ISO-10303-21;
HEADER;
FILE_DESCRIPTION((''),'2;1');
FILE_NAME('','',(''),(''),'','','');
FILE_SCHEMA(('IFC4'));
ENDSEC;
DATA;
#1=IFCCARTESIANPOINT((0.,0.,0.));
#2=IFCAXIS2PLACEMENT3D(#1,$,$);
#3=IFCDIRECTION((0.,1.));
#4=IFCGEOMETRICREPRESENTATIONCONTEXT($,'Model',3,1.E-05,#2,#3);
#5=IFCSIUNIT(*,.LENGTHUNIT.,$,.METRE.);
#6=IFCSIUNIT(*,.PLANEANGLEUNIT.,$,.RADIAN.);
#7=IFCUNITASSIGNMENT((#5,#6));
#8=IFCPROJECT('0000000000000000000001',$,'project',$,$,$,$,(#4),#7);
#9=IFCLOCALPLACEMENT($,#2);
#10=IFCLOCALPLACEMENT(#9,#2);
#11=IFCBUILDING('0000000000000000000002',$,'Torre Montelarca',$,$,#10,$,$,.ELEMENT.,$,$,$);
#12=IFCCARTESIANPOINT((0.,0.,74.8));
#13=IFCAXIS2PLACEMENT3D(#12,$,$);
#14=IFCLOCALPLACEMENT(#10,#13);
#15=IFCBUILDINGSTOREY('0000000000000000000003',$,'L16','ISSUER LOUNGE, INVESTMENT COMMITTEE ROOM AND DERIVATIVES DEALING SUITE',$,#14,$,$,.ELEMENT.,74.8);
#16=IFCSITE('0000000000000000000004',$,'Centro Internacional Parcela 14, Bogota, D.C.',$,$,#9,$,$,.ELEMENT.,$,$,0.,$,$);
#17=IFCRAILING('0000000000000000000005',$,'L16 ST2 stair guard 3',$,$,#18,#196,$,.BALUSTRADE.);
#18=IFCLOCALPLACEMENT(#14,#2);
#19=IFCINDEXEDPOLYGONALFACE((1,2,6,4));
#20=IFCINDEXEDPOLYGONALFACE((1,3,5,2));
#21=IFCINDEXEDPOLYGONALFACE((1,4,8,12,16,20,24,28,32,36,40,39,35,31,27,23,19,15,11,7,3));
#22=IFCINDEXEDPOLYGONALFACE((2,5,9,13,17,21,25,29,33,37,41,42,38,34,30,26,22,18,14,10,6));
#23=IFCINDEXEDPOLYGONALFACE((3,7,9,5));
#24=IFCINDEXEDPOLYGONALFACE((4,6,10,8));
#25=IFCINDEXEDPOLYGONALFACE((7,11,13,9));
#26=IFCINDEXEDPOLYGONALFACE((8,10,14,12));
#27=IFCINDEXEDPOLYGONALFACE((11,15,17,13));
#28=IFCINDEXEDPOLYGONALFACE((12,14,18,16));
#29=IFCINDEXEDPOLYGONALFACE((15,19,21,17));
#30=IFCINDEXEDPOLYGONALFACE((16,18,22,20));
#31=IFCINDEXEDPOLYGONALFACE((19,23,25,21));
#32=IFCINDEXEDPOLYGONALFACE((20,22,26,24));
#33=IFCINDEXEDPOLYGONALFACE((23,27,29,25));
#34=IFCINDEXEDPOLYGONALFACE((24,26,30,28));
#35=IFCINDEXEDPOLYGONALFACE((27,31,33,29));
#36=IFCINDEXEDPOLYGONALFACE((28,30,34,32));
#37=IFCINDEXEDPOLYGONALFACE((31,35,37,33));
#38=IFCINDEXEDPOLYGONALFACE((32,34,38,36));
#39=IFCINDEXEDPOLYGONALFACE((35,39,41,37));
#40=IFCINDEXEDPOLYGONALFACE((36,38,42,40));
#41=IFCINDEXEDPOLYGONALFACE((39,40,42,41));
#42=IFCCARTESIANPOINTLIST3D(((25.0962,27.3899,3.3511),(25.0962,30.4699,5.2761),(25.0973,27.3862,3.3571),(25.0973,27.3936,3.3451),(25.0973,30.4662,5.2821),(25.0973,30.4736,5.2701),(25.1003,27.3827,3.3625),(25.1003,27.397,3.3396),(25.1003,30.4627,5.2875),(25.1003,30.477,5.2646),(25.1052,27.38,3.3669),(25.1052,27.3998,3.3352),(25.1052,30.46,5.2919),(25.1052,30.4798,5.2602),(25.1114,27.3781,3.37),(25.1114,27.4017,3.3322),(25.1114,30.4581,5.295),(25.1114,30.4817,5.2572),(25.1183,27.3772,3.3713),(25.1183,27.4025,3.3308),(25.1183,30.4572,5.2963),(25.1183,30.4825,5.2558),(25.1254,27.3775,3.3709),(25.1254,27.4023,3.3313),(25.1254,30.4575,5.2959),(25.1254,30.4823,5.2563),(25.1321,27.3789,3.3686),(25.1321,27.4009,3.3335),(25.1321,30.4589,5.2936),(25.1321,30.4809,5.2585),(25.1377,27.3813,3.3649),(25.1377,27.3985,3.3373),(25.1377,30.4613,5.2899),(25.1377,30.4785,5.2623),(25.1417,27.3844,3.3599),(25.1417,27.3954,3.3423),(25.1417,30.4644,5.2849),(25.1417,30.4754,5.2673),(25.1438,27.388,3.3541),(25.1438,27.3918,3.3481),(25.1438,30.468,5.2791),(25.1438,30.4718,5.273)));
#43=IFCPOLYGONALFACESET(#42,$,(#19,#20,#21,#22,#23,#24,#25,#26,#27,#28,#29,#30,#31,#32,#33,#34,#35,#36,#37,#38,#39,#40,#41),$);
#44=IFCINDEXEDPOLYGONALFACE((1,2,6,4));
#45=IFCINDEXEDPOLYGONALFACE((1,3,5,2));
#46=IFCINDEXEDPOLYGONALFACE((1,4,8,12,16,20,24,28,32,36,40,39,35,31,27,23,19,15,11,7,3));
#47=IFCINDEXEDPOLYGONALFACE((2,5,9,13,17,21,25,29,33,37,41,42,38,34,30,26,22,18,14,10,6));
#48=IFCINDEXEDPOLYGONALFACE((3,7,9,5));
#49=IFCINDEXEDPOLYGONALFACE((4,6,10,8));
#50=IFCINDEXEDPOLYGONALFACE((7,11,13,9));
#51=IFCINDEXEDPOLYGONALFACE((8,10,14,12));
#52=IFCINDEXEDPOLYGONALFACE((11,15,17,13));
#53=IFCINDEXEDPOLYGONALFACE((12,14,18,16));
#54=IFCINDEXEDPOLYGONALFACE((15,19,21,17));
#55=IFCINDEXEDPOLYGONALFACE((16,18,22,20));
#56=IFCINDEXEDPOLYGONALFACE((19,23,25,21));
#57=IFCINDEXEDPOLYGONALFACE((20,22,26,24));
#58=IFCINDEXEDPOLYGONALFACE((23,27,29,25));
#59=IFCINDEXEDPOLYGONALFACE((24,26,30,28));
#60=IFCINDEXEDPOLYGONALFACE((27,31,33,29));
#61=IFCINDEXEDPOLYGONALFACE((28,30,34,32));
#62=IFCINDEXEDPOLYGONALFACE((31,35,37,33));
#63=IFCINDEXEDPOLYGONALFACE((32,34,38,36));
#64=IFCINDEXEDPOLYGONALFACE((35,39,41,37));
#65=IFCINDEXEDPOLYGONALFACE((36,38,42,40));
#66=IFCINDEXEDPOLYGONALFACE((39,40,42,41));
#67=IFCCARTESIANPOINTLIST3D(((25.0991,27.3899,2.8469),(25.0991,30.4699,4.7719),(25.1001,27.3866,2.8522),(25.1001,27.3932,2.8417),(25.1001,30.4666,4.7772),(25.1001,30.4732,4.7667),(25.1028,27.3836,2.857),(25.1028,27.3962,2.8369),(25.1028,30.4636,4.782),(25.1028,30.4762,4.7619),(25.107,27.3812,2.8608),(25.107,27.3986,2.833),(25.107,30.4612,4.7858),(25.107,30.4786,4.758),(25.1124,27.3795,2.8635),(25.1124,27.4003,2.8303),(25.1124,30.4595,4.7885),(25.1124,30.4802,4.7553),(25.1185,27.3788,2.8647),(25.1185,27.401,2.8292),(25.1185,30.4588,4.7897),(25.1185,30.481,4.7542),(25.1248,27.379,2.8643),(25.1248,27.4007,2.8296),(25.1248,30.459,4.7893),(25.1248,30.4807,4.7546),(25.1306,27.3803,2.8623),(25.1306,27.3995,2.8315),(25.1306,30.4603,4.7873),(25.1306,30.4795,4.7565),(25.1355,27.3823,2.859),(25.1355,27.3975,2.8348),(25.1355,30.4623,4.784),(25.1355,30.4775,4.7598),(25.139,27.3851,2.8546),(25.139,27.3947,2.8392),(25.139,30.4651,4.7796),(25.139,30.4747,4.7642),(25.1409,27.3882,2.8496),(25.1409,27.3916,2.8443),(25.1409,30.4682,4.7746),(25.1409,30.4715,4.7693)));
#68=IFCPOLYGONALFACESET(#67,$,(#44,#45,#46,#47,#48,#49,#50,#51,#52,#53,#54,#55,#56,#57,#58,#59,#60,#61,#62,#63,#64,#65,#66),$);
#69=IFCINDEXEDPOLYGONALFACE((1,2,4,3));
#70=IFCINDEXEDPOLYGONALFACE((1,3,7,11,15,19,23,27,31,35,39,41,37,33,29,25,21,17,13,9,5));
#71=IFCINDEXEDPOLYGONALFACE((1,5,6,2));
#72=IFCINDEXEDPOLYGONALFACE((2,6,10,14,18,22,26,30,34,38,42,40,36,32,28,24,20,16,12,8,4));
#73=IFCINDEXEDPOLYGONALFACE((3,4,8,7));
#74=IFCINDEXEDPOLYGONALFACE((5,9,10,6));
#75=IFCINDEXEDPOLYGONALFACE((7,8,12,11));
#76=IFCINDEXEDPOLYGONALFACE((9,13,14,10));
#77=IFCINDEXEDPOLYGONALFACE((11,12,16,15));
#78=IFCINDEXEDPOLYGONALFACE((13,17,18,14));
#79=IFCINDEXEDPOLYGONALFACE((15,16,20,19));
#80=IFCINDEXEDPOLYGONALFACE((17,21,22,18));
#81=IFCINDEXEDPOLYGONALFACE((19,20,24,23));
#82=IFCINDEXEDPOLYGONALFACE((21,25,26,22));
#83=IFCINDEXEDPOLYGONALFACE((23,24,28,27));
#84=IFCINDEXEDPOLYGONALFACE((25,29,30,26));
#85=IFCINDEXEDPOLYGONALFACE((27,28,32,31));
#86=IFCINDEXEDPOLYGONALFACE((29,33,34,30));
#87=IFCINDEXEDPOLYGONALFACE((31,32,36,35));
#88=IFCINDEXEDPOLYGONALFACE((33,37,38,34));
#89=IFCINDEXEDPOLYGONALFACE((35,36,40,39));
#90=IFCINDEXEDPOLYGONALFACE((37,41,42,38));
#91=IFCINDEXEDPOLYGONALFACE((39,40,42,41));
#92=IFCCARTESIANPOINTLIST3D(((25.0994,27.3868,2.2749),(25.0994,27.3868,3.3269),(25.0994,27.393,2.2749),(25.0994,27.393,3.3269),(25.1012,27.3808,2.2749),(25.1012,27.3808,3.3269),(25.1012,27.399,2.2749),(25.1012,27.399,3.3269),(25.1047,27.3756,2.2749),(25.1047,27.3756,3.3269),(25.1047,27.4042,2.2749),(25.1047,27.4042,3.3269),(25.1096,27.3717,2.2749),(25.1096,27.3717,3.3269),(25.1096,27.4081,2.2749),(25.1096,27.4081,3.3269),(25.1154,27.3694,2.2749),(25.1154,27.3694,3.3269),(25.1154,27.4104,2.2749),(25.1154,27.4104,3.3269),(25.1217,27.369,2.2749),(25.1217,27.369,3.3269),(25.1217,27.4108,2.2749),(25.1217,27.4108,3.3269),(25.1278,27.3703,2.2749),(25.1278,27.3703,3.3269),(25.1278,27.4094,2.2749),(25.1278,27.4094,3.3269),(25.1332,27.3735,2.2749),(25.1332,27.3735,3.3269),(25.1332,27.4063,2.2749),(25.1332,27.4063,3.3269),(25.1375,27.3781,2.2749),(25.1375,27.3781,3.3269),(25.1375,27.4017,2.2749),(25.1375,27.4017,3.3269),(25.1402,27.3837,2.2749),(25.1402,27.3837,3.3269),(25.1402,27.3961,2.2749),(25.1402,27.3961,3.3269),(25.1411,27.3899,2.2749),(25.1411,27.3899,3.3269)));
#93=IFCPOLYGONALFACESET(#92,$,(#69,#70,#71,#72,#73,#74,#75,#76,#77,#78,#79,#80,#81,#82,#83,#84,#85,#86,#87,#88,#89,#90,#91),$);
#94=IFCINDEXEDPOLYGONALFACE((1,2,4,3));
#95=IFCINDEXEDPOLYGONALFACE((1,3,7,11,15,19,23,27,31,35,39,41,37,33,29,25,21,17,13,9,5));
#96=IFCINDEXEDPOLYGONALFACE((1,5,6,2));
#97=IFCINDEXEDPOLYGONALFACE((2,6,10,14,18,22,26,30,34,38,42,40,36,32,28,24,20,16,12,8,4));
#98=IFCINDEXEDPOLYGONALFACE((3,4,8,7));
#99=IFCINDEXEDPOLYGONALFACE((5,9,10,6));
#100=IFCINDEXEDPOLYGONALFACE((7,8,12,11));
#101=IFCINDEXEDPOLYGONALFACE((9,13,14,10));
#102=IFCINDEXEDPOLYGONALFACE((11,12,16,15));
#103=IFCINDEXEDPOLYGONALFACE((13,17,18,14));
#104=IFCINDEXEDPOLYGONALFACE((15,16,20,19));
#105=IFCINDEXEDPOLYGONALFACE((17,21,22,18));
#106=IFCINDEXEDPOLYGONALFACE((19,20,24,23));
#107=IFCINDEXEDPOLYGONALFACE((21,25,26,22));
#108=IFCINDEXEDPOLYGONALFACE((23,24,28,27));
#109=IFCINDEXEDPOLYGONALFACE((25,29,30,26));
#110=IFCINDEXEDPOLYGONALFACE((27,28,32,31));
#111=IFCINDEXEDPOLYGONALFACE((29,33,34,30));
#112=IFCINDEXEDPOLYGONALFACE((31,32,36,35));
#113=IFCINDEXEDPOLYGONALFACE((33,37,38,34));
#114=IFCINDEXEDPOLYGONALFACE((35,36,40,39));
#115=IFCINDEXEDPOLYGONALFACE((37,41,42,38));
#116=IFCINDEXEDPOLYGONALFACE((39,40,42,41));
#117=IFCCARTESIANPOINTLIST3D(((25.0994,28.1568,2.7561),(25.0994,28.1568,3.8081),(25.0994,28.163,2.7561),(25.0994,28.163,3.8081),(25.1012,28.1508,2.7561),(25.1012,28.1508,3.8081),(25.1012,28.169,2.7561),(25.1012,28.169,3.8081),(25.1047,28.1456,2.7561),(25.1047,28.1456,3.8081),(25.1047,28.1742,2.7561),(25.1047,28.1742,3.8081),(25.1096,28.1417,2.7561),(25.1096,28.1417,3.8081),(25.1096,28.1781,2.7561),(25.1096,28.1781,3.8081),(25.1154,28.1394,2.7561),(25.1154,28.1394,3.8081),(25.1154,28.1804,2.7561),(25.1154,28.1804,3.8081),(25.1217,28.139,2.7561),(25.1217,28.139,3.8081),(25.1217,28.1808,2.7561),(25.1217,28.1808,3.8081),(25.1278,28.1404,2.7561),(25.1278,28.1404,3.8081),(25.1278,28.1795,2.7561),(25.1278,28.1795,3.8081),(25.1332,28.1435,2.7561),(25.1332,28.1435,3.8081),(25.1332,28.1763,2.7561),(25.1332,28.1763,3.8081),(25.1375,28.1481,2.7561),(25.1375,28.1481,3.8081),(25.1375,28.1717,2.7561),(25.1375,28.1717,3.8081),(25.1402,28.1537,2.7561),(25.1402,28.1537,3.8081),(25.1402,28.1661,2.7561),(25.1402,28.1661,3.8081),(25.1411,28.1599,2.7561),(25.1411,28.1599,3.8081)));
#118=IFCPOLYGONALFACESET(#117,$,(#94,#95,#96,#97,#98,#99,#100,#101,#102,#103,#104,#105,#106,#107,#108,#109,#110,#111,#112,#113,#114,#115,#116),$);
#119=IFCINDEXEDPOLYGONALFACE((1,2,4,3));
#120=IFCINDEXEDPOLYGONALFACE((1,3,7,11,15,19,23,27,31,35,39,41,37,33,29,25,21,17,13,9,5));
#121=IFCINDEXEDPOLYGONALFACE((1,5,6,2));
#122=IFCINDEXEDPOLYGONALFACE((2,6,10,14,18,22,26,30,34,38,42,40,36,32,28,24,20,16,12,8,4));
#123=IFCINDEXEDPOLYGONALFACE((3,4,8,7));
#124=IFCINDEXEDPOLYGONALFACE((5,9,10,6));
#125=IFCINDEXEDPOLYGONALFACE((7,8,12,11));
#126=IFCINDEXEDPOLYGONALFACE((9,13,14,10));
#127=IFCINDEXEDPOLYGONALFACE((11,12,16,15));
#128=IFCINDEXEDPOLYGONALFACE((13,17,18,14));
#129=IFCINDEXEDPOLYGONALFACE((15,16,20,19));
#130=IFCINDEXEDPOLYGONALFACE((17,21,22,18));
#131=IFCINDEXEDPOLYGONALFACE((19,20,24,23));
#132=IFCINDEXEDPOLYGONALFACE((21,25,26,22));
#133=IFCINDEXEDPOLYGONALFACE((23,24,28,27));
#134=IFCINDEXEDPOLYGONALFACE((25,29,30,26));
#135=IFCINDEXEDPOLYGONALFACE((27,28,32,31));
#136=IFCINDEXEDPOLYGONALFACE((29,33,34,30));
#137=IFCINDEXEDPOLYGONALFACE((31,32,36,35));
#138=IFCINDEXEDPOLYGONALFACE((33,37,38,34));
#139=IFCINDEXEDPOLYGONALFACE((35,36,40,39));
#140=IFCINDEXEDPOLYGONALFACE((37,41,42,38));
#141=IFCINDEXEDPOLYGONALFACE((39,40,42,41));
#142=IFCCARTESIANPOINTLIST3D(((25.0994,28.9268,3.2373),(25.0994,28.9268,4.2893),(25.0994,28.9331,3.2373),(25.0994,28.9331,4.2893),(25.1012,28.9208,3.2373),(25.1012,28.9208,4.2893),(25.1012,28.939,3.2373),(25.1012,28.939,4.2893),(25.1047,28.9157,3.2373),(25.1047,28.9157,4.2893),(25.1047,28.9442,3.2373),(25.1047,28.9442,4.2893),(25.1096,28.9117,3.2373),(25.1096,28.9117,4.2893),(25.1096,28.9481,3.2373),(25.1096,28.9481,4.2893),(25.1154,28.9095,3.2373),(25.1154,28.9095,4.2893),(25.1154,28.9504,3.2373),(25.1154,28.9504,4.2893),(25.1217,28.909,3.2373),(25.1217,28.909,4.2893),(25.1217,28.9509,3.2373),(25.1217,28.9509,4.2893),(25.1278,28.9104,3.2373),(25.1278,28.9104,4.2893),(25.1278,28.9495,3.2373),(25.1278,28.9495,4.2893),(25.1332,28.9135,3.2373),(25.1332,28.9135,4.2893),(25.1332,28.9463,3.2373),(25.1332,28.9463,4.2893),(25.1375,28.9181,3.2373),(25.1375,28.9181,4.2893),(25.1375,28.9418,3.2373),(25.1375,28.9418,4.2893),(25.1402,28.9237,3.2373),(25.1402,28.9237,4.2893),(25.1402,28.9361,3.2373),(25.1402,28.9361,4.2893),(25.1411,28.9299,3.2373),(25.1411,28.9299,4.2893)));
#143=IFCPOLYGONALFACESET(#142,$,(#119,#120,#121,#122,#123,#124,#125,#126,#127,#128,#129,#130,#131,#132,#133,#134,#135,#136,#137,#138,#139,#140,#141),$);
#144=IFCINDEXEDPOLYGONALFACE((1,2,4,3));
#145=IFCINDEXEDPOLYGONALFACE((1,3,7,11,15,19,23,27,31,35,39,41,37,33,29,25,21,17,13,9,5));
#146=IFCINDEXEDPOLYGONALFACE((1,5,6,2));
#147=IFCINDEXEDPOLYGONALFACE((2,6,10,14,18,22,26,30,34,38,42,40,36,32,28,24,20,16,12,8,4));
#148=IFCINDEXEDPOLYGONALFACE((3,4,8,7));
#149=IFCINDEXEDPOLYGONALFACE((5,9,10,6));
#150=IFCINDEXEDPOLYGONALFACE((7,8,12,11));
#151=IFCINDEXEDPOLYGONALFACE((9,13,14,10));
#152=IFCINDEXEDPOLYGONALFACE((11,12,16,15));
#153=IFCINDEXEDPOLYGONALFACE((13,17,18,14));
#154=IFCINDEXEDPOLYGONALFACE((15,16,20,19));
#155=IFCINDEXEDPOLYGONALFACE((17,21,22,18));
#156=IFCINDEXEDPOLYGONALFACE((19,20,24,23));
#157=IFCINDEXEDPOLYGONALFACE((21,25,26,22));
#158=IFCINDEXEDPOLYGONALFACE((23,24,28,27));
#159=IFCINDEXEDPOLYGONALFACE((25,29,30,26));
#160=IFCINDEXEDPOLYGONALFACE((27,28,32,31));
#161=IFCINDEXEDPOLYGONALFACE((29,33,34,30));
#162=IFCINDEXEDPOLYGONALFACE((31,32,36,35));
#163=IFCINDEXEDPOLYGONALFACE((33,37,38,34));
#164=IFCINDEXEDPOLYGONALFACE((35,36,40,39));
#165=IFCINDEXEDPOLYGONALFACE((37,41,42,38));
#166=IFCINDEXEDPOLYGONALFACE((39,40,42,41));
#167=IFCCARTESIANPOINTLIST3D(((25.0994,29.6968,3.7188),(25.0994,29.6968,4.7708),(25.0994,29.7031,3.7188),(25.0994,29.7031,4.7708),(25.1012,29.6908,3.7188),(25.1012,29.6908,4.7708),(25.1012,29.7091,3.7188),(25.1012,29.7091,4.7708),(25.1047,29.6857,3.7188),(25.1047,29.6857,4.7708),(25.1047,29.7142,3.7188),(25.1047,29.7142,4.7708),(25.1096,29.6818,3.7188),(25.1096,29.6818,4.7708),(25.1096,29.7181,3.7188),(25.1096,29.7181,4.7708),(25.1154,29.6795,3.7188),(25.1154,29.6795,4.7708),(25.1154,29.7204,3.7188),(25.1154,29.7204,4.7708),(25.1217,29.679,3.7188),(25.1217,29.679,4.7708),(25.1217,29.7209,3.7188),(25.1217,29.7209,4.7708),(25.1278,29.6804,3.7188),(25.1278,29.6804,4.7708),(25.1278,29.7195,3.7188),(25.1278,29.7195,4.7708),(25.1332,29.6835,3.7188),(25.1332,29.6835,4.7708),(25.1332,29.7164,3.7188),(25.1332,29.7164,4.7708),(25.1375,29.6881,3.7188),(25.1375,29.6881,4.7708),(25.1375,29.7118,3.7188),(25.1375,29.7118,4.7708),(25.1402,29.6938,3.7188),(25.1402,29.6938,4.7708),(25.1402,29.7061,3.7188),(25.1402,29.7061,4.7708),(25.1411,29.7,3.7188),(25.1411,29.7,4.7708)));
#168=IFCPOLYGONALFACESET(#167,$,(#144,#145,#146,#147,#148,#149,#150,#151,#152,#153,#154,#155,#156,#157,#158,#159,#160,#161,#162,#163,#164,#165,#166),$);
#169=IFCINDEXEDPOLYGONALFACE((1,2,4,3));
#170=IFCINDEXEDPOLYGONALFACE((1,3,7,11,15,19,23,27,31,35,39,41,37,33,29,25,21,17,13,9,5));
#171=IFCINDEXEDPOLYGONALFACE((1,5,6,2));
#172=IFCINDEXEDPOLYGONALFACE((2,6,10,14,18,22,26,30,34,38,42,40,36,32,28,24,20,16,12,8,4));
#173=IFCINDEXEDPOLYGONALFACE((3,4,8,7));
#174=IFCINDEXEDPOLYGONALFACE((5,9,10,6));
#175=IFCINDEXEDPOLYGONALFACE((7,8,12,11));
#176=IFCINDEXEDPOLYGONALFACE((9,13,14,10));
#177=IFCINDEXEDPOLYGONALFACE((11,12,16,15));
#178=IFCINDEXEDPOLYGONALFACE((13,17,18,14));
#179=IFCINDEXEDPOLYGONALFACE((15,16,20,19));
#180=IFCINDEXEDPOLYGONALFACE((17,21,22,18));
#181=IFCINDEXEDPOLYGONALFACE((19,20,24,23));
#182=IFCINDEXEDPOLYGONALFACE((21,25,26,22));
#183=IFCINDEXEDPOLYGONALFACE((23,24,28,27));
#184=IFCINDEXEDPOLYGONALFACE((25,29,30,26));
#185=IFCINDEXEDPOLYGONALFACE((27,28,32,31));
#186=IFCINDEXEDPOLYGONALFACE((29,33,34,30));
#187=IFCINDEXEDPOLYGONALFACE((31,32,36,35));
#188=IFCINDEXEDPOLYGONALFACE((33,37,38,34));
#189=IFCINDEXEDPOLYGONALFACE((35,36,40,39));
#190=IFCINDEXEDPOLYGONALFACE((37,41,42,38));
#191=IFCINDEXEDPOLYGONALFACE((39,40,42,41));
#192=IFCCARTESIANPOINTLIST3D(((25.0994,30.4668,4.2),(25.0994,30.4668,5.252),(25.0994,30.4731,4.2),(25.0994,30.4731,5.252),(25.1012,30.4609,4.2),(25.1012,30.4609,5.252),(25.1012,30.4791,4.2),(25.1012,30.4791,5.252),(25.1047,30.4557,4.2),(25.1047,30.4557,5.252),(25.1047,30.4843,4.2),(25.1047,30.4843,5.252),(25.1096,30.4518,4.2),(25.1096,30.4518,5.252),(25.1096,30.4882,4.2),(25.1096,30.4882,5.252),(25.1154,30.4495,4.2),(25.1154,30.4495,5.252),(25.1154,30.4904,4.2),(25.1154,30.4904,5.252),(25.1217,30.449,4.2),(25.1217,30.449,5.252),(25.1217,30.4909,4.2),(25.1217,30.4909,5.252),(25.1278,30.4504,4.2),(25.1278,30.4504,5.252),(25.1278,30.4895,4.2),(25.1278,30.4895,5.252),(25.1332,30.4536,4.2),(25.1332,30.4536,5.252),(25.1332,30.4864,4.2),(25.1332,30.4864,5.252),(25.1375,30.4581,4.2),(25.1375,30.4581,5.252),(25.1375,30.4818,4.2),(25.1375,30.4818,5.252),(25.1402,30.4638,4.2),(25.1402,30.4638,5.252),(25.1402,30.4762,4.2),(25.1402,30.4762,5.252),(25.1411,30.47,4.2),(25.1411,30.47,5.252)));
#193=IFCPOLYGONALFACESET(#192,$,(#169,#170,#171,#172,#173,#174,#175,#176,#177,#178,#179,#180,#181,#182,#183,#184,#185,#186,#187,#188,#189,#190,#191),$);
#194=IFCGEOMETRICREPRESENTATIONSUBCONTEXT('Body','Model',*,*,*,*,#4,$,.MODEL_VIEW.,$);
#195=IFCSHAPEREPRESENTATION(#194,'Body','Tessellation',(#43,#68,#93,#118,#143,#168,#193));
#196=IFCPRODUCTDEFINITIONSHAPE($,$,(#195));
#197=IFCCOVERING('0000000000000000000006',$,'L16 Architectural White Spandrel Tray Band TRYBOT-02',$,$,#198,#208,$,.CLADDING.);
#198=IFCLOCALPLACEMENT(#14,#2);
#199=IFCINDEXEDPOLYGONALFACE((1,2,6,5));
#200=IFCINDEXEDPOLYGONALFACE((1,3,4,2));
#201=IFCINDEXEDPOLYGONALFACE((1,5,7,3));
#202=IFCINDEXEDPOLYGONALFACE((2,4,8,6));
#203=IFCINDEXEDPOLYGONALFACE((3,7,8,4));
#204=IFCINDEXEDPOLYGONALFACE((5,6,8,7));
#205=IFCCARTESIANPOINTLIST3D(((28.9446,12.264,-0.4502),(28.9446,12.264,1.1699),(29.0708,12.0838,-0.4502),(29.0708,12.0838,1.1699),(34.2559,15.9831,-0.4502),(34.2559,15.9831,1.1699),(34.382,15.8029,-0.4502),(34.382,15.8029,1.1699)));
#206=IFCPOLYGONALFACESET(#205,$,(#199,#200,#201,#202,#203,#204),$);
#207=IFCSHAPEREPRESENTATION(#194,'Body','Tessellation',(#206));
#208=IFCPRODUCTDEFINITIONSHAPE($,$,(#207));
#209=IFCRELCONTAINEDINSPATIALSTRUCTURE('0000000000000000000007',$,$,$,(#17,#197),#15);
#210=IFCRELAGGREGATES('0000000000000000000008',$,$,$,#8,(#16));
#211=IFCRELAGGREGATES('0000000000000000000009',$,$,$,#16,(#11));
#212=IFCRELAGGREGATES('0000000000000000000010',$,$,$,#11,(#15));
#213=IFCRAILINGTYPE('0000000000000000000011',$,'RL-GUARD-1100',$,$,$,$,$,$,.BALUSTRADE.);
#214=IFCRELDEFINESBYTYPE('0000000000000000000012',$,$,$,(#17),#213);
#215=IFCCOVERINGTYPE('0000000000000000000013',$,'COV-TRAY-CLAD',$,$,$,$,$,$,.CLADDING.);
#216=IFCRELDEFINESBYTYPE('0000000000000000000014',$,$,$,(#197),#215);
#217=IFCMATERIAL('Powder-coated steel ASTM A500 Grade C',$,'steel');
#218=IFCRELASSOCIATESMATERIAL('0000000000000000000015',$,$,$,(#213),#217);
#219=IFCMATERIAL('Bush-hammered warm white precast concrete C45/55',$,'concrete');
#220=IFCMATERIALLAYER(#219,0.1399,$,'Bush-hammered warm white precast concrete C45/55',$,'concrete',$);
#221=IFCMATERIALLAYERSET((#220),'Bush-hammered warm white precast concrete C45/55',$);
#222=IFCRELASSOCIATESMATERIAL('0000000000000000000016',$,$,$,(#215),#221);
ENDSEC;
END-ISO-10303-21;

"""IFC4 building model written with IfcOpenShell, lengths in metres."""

from ifc_helpers import new_model, si_unit, direction, frame, origin, origin_2d, place, context, subcontext, project, spatial, rectangle, circle, extrude, source, transform, mapped, material, layer, layer_set, type_object, element, save


model = new_model("IFC4")

# Units and contexts
model_context = context("Model", 3, precision=1e-05, world=origin(), true_north=direction((0.0, 1.0)))
body_context = subcontext(model_context, "Body", "Model", "MODEL_VIEW")
ifc_project = project(units=[si_unit("LENGTHUNIT", "METRE"), si_unit("PLANEANGLEUNIT", "RADIAN")], contexts=[model_context])

# Site, building, storey
site_placement = place(None, origin())
site = spatial("IfcSite", under=ifc_project, at=site_placement, Name="Centro Internacional Parcela 14, Bogota, D.C.", CompositionType="ELEMENT", RefElevation=0.0)
building_placement = place(site_placement, origin())
building = spatial("IfcBuilding", under=site, at=building_placement, Name="Torre Montelarca", CompositionType="ELEMENT")
storey_placement = place(building_placement, frame((0.0, 0.0, 74.8)))
storey = spatial("IfcBuildingStorey", under=building, at=storey_placement, Name="L16", Description="ISSUER LOUNGE, INVESTMENT COMMITTEE ROOM AND DERIVATIVES DEALING SUITE", CompositionType="ELEMENT", Elevation=74.8)

# Railing
ifc_material_1 = material(Name="Powder-coated steel ASTM A500 Grade C", Category="steel")
railing_type = type_object("IfcRailingType", Name="RL-GUARD-1100", PredefinedType="BALUSTRADE", material=ifc_material_1)
railing_1_placement = place(storey_placement, frame((25.1201, 27.3899, 2.2749)))
element("IfcRailing", 1, at=railing_1_placement, inside=storey, type_object=railing_type, Name="L16 ST2 stair guard 3", PredefinedType="BALUSTRADE", context=body_context, shape_type="SweptSolid", body=[
    extrude(circle(Radius=0.0239, at=origin_2d()), frame((0.0, 0.0, 1.0762), z_axis=(0.0, 0.847998, 0.529999), x_axis=(-1.0, 0.0, 0.0)), (0.0, 0.0, 1.0), 3.6321),
    extrude(circle(Radius=0.021, at=origin_2d()), frame((0.0, 0.0, 0.572), z_axis=(0.0, 0.847998, 0.529999), x_axis=(-1.0, 0.0, 0.0)), (0.0, 0.0, 1.0), 3.6321),
    extrude(circle(Radius=0.021, at=origin_2d()), origin(), (0.0, 0.0, 1.0), 1.052),
    extrude(circle(Radius=0.021, at=origin_2d()), frame((0.0, 0.77, 0.4812)), (0.0, 0.0, 1.0), 1.052),
    extrude(circle(Radius=0.021, at=origin_2d()), frame((0.0, 1.54, 0.9624)), (0.0, 0.0, 1.0), 1.052),
    extrude(circle(Radius=0.021, at=origin_2d()), frame((0.0, 2.3101, 1.4438)), (0.0, 0.0, 1.0), 1.052),
    extrude(circle(Radius=0.021, at=origin_2d()), frame((0.0, 3.0801, 1.925)), (0.0, 0.0, 1.0), 1.052),
])

# Covering
ifc_material_2 = material(Name="Bush-hammered warm white precast concrete C45/55", Category="concrete")
ifc_layer_1 = layer(ifc_material_2, 0.1399, Name="Bush-hammered warm white precast concrete C45/55", Category="concrete")
ifc_layer_set_1 = layer_set([ifc_layer_1], Name="Bush-hammered warm white precast concrete C45/55")
covering_type = type_object("IfcCoveringType", Name="COV-TRAY-CLAD", PredefinedType="CLADDING", material=ifc_layer_set_1)
shared_shape_1 = source(origin(), body_context, "Body", "SweptSolid", [
    extrude(rectangle(XDim=6.4839, YDim=0.22, at=origin_2d()), origin(), (0.0, 0.0, 1.0), 1.6201),
])
covering_1_placement = place(storey_placement, frame((31.6633, 14.0334, -0.4502), z_axis=(0.0, 0.0, 1.0), x_axis=(0.819148, 0.573582, 0.0)))
element("IfcCovering", 2, at=covering_1_placement, inside=storey, type_object=covering_type, Name="L16 Architectural White Spandrel Tray Band TRYBOT-02", PredefinedType="CLADDING", context=body_context, shape_type="MappedRepresentation", body=[
    mapped(shared_shape_1, transform((0.0, 0.0, 0.0), scale=1.0)),
])

save(model, "model.ifc")
